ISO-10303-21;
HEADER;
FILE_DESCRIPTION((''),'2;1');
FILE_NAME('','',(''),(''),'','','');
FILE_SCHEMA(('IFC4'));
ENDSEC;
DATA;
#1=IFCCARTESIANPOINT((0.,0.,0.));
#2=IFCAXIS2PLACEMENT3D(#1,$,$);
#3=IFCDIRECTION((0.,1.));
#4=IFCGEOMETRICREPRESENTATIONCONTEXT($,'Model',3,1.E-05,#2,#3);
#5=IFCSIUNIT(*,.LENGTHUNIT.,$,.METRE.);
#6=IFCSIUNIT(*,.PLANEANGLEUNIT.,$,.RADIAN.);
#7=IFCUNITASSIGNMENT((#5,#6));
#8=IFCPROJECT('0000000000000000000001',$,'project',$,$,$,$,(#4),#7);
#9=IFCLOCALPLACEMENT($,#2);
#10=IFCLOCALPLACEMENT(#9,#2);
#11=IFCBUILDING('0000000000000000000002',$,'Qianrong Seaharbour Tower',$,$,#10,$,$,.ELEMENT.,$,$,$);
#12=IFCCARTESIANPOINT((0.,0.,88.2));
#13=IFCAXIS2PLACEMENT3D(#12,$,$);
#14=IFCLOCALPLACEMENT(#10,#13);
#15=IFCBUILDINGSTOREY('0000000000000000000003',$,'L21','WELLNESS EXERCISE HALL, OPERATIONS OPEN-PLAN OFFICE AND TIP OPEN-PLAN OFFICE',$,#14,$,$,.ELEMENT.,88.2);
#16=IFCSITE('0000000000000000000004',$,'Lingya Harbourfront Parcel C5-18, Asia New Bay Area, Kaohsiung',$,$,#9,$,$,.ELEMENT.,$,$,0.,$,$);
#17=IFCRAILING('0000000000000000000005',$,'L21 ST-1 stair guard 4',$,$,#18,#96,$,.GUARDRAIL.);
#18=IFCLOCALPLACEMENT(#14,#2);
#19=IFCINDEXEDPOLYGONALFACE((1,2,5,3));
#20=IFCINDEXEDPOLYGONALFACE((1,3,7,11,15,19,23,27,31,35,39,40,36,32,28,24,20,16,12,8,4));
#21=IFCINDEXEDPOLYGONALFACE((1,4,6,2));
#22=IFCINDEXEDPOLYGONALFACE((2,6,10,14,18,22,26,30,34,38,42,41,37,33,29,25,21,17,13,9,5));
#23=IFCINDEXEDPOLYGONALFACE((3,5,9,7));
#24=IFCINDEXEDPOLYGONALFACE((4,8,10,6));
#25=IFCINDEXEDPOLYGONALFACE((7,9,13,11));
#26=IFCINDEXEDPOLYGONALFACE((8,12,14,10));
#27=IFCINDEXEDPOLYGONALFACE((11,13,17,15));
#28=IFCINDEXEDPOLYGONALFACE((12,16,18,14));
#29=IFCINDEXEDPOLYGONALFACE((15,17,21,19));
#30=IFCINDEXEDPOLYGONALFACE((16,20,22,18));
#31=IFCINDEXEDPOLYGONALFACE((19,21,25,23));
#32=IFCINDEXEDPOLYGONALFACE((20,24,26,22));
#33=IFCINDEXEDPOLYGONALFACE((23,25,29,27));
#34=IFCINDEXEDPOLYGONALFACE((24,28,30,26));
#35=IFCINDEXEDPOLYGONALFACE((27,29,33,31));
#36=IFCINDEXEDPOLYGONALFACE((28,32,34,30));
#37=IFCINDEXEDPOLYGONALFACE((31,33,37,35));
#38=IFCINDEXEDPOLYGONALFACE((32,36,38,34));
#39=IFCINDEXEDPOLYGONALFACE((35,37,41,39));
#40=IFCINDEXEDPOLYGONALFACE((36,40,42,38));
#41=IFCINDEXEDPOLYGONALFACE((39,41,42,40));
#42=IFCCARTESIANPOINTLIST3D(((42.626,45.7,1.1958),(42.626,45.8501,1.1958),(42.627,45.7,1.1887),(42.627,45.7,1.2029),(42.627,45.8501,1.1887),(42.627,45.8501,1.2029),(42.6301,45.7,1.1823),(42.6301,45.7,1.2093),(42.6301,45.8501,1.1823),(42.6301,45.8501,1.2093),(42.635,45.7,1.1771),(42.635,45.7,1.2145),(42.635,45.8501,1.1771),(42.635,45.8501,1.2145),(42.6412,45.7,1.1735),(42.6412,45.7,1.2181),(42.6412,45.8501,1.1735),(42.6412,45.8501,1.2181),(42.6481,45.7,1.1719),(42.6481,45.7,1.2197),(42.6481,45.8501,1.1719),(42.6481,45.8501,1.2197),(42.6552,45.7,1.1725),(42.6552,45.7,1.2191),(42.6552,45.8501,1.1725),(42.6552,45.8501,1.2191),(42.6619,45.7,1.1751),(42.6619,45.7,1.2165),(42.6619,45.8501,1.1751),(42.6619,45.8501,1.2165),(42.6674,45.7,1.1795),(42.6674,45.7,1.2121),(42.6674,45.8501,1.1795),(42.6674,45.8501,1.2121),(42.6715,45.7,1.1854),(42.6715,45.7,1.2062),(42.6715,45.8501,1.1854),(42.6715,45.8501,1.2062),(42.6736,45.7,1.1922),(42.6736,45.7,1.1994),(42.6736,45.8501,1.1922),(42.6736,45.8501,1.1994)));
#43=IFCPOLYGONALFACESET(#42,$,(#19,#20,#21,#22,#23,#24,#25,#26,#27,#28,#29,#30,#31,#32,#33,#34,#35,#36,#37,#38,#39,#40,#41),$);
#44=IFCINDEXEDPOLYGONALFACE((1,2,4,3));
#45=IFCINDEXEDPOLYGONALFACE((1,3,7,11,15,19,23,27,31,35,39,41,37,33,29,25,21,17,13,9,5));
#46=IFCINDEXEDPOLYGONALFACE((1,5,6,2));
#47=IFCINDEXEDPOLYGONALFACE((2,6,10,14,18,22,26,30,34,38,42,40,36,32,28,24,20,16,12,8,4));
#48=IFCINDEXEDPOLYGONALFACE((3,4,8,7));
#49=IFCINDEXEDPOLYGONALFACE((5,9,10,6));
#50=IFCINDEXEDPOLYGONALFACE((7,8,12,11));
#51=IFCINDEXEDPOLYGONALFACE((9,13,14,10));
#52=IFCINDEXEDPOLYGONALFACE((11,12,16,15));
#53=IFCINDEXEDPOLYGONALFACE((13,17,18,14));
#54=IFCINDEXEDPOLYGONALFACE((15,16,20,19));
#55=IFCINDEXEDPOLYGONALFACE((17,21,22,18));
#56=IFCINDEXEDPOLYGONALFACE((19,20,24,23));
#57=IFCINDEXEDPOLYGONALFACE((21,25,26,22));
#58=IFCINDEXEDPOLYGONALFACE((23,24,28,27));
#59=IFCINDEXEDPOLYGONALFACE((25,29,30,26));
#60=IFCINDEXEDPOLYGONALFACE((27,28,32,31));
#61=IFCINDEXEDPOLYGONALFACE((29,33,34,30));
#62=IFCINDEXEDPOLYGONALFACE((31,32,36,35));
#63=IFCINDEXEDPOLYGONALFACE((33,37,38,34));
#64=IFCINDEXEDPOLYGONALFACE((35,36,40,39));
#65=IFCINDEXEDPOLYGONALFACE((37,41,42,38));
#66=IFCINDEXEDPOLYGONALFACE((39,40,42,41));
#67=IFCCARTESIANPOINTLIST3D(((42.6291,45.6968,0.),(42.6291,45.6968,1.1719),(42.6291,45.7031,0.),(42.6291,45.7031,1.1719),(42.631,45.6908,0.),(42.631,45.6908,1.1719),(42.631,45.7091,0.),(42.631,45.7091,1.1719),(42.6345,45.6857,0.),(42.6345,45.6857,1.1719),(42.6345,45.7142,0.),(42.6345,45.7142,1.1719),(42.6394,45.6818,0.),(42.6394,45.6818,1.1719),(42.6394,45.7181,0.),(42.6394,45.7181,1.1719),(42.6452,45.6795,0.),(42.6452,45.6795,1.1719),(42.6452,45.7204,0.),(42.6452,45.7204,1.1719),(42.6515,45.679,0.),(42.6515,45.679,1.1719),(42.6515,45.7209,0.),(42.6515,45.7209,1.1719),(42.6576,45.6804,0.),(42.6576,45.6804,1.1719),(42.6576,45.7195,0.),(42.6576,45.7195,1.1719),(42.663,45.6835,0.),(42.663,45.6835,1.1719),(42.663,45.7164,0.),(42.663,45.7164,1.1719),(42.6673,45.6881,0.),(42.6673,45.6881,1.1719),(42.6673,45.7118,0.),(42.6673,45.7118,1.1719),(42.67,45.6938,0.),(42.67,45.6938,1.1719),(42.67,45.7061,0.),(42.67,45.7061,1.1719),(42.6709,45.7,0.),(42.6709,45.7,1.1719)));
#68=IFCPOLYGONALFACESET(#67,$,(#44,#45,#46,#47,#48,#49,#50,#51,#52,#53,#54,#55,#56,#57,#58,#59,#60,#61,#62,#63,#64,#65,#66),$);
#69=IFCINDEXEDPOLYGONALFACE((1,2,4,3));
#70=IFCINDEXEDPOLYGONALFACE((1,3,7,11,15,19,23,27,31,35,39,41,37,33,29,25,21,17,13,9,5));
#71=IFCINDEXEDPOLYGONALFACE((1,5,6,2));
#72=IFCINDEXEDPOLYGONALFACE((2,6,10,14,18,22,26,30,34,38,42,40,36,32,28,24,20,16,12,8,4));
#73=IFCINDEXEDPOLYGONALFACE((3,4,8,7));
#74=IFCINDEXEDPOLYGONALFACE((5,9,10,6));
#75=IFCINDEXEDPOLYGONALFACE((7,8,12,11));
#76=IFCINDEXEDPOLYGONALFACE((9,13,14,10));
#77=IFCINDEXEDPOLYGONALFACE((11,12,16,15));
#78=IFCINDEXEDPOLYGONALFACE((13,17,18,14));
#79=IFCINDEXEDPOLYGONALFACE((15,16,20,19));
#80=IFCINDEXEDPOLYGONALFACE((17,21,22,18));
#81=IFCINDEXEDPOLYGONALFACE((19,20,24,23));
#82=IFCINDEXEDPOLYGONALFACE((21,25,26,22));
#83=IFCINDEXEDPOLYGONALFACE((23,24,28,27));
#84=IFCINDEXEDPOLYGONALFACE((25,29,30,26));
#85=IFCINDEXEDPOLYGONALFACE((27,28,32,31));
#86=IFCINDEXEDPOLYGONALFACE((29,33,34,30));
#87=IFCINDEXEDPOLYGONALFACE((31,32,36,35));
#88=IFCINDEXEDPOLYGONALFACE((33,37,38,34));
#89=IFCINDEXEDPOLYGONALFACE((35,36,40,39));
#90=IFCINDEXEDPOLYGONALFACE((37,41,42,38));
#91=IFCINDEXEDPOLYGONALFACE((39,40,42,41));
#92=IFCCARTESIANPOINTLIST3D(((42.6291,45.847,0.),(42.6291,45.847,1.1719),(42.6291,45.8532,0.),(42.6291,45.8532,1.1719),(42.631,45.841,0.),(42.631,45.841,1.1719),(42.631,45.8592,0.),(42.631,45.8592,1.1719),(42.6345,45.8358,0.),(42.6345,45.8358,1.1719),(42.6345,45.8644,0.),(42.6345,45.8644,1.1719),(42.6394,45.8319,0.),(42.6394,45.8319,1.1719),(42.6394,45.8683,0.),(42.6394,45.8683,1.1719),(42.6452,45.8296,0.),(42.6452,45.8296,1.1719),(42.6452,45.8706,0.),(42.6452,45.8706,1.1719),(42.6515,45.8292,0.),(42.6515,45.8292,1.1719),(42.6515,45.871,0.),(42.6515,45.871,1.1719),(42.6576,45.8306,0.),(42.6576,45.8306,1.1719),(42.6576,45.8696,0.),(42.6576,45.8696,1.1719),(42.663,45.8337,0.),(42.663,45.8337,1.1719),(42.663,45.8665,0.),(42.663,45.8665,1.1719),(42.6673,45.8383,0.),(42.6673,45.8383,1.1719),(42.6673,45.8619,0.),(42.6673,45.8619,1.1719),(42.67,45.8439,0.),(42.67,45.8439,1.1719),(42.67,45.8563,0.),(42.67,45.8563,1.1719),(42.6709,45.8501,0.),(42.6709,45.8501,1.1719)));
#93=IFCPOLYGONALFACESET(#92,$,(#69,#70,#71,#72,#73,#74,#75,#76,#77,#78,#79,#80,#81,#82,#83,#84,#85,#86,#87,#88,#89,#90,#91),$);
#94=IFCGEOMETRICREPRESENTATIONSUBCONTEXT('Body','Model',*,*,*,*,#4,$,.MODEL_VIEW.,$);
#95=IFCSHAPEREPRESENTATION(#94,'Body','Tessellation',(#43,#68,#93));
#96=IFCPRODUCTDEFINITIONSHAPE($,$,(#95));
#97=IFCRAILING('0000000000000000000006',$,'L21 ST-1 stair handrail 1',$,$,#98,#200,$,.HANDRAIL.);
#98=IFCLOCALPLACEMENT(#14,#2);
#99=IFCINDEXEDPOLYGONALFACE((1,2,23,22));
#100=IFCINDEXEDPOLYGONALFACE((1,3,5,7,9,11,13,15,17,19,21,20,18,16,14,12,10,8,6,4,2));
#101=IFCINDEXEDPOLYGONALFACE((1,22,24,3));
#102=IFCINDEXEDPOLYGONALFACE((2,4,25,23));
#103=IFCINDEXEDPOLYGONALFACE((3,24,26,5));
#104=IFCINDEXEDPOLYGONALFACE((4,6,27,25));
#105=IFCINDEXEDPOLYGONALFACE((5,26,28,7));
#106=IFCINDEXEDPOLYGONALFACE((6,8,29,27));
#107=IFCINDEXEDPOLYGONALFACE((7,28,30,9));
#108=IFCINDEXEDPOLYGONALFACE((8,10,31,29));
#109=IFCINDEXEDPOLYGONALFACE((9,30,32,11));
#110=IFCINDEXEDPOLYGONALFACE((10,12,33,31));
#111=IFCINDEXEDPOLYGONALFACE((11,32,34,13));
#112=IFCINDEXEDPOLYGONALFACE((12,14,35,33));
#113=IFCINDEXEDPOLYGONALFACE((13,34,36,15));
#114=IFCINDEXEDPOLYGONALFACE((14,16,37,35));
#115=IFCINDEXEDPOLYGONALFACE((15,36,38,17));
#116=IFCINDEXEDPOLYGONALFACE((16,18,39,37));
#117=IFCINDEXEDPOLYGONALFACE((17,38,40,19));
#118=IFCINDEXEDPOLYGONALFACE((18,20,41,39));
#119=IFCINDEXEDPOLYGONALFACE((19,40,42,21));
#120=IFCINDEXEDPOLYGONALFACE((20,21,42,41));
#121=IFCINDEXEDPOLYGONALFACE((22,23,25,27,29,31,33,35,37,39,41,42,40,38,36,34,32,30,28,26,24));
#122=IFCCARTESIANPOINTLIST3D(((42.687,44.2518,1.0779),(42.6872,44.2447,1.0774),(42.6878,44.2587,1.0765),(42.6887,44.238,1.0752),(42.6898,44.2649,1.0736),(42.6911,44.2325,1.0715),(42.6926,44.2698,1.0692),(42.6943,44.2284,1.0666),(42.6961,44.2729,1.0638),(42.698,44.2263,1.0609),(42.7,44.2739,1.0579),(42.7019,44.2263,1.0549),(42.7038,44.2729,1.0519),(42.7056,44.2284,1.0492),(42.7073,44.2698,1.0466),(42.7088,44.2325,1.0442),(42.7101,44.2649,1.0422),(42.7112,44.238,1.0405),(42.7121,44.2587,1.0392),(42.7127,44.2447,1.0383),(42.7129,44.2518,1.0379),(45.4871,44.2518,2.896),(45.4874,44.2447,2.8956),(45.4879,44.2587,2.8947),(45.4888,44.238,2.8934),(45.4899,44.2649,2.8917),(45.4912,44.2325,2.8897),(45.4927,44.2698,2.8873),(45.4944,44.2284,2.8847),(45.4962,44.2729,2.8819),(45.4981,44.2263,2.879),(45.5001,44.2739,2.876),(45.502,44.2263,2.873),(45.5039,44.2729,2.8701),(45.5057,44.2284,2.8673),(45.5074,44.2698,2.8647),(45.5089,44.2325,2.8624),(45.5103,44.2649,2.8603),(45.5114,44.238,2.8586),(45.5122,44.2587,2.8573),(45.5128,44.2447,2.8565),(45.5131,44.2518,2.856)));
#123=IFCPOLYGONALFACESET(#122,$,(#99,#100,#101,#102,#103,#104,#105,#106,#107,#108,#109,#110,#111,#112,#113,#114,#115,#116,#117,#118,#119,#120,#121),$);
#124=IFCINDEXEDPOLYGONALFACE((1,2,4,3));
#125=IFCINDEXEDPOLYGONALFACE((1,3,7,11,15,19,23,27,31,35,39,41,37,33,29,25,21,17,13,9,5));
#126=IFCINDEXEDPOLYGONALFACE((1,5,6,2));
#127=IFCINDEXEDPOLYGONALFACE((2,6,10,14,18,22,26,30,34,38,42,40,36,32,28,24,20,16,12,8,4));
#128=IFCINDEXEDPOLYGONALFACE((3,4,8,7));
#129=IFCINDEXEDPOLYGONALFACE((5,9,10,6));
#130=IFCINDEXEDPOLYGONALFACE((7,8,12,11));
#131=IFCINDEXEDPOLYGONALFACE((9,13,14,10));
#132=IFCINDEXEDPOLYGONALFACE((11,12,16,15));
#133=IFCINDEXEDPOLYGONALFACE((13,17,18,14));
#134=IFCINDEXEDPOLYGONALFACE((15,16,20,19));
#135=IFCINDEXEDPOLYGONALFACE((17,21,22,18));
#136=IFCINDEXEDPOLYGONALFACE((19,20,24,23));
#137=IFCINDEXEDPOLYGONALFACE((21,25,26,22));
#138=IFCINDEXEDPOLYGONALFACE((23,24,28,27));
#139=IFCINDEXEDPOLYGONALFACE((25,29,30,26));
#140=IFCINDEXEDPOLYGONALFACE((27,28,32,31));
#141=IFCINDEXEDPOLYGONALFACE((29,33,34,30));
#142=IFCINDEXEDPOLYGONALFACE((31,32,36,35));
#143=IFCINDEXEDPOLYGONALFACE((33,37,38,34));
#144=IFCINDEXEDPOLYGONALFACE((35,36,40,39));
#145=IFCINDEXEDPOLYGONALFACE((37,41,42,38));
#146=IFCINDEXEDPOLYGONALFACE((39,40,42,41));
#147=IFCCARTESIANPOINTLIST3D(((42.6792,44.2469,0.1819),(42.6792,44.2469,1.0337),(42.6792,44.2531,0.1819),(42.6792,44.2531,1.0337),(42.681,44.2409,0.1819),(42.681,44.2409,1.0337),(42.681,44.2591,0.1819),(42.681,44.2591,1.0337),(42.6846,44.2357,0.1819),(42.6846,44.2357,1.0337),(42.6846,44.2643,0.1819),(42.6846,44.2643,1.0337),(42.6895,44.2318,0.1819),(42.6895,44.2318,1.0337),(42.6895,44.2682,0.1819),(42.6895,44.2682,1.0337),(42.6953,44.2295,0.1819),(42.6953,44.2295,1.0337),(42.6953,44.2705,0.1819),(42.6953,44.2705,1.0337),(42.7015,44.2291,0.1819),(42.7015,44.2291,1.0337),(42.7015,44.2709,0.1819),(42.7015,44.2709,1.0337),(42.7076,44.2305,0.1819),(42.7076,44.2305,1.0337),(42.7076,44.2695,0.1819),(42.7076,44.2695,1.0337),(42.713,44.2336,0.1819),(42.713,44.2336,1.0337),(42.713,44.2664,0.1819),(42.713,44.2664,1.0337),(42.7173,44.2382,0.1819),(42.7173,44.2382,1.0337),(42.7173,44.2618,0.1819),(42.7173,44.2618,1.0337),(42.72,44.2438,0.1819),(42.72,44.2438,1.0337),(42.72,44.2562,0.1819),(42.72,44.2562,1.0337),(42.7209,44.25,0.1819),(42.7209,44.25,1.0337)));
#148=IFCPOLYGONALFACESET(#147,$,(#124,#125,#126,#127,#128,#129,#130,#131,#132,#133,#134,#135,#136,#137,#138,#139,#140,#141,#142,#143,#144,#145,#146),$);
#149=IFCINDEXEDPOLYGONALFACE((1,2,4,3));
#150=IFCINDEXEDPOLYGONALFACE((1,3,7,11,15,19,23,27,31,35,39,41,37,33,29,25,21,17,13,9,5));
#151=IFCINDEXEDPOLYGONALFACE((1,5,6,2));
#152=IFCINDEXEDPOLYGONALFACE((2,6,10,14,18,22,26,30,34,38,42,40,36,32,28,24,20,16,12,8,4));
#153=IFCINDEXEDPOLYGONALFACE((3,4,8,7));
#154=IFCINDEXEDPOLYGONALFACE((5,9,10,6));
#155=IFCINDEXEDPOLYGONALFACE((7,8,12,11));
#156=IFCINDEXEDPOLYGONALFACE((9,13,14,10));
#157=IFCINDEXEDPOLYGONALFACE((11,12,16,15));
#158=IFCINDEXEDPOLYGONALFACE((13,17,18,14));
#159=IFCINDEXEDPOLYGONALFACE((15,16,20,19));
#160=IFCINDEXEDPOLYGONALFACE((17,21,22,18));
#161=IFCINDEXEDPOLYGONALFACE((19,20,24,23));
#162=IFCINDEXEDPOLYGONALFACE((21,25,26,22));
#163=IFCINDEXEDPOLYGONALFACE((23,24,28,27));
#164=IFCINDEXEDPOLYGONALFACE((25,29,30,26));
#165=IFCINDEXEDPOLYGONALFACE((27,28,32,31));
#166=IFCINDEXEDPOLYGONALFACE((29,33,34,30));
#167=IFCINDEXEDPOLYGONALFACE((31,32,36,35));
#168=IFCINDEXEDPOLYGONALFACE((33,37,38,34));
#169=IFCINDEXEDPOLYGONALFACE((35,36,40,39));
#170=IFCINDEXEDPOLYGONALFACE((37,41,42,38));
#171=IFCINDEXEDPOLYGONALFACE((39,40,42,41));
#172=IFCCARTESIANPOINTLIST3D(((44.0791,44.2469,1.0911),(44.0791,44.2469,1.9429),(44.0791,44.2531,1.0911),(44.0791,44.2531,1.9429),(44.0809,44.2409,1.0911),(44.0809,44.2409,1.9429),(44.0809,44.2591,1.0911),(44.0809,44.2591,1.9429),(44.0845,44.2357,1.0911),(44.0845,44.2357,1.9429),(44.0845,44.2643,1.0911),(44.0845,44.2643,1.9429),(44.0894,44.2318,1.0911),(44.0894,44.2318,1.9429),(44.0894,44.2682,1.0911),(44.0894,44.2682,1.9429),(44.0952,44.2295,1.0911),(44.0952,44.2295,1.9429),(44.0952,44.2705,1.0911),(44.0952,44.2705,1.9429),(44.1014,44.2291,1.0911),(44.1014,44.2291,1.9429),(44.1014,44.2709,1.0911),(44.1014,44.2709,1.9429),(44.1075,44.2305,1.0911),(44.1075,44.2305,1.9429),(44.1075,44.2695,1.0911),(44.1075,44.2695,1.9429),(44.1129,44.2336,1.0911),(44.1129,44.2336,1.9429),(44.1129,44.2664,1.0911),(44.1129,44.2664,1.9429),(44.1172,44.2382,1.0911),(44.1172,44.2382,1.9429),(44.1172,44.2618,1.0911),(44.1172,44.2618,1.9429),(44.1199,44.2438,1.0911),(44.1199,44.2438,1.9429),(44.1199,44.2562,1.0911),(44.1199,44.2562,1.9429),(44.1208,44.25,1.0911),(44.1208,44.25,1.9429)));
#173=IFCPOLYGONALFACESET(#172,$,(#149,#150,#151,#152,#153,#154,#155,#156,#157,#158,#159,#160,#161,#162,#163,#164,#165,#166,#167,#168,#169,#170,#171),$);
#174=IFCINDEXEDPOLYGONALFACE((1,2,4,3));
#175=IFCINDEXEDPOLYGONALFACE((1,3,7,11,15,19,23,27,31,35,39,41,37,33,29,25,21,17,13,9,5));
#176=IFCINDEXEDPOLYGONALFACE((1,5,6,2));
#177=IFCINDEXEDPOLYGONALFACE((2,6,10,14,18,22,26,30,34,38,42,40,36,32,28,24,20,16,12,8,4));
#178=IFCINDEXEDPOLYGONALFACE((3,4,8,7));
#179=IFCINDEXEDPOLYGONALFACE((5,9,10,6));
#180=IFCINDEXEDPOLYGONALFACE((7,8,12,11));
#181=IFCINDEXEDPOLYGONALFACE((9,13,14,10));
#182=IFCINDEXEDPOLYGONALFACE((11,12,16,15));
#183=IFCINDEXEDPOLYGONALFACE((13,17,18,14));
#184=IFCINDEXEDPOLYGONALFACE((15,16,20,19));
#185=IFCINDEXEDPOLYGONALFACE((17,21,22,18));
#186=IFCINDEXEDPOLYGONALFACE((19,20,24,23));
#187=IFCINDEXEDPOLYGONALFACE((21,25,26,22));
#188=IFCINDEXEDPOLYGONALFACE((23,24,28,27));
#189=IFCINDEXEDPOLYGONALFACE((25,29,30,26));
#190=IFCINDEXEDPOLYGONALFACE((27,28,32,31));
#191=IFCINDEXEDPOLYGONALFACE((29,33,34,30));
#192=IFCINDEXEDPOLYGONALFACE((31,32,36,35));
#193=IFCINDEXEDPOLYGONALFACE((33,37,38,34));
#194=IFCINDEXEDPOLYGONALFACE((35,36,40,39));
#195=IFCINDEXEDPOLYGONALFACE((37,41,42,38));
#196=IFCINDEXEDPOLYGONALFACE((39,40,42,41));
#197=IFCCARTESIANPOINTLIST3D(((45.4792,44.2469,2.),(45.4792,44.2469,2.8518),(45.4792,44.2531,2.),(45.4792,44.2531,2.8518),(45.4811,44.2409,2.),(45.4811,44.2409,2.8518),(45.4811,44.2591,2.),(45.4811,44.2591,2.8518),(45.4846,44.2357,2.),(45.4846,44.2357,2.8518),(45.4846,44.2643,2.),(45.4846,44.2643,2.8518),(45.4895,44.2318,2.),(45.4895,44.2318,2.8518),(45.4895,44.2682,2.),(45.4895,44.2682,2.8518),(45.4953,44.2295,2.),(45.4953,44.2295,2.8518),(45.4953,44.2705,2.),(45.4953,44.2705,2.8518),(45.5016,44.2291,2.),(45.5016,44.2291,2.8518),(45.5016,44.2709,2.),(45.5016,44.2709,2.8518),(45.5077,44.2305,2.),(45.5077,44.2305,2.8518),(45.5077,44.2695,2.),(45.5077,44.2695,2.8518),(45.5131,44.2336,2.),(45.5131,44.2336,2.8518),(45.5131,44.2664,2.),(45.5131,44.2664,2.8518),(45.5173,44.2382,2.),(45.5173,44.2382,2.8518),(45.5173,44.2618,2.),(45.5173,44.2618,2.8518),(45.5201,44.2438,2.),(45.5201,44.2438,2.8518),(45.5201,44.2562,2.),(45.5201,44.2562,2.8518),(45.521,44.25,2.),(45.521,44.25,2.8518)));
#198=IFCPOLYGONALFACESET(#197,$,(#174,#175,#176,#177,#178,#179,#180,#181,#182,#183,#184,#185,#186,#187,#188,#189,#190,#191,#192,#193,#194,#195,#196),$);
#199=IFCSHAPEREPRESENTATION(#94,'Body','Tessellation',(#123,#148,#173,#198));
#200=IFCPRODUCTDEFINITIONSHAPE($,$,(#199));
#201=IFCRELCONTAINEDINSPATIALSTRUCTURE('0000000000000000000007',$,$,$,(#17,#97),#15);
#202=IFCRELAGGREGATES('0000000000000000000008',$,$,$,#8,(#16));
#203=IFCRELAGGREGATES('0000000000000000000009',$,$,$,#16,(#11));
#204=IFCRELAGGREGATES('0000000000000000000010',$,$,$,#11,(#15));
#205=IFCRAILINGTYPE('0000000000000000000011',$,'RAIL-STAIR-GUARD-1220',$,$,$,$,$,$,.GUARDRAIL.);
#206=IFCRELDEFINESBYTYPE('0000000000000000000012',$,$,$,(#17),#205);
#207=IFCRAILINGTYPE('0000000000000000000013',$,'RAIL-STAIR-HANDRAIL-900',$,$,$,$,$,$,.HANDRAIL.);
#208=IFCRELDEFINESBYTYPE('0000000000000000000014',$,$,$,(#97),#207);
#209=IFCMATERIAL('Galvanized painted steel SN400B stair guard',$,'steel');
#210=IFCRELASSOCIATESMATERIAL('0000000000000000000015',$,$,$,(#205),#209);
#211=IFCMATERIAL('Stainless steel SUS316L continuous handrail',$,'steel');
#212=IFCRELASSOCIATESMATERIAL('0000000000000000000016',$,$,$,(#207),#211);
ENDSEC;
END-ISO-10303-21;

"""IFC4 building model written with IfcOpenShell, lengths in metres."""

from ifc_helpers import new_model, si_unit, direction, frame, origin, origin_2d, place, context, subcontext, project, spatial, circle, extrude, material, type_object, element, save


model = new_model("IFC4")

# Units and contexts
model_context = context("Model", 3, precision=1e-05, world=origin(), true_north=direction((0.0, 1.0)))
body_context = subcontext(model_context, "Body", "Model", "MODEL_VIEW")
ifc_project = project(units=[si_unit("LENGTHUNIT", "METRE"), si_unit("PLANEANGLEUNIT", "RADIAN")], contexts=[model_context])

# Site, building, storey
site_placement = place(None, origin())
site = spatial("IfcSite", under=ifc_project, at=site_placement, Name="Lingya Harbourfront Parcel C5-18, Asia New Bay Area, Kaohsiung", CompositionType="ELEMENT", RefElevation=0.0)
building_placement = place(site_placement, origin())
building = spatial("IfcBuilding", under=site, at=building_placement, Name="Qianrong Seaharbour Tower", CompositionType="ELEMENT")
storey_placement = place(building_placement, frame((0.0, 0.0, 88.2)))
storey = spatial("IfcBuildingStorey", under=building, at=storey_placement, Name="L21", Description="WELLNESS EXERCISE HALL, OPERATIONS OPEN-PLAN OFFICE AND TIP OPEN-PLAN OFFICE", CompositionType="ELEMENT", Elevation=88.2)

# Railings
ifc_material_1 = material(Name="Galvanized painted steel SN400B stair guard", Category="steel")
railing_type_1 = type_object("IfcRailingType", Name="RAIL-STAIR-GUARD-1220", PredefinedType="GUARDRAIL", material=ifc_material_1)
railing_1_placement = place(storey_placement, frame((42.6499, 45.7, 0.0)))
element("IfcRailing", 1, at=railing_1_placement, inside=storey, type_object=railing_type_1, Name="L21 ST-1 stair guard 4", PredefinedType="GUARDRAIL", context=body_context, shape_type="SweptSolid", body=[
    extrude(circle(Radius=0.0239, at=origin_2d()), frame((0.0, 0.0, 1.1958), z_axis=(0.0, 1.0, 0.0), x_axis=(-1.0, 0.0, 0.0)), (0.0, 0.0, 1.0), 0.1501),
    extrude(circle(Radius=0.021, at=origin_2d()), origin(), (0.0, 0.0, 1.0), 1.1719),
    extrude(circle(Radius=0.021, at=origin_2d()), frame((0.0, 0.1501, 0.0)), (0.0, 0.0, 1.0), 1.1719),
])
ifc_material_2 = material(Name="Stainless steel SUS316L continuous handrail", Category="steel")
railing_type_2 = type_object("IfcRailingType", Name="RAIL-STAIR-HANDRAIL-900", PredefinedType="HANDRAIL", material=ifc_material_2)
railing_2_placement = place(storey_placement, frame((42.7, 44.25, 0.1819)))
element("IfcRailing", 2, at=railing_2_placement, inside=storey, type_object=railing_type_2, Name="L21 ST-1 stair handrail 1", PredefinedType="HANDRAIL", context=body_context, shape_type="SweptSolid", body=[
    extrude(circle(Radius=0.0239, at=origin_2d()), frame((0.0, 0.0, 0.876), z_axis=(0.838706, 0.0, 0.544585), x_axis=(0.0, 1.0, 0.0)), (0.0, 0.0, 1.0), 3.3386),
    extrude(circle(Radius=0.021, at=origin_2d()), origin(), (0.0, 0.0, 1.0), 0.8518),
    extrude(circle(Radius=0.021, at=origin_2d()), frame((1.3999, 0.0, 0.9092)), (0.0, 0.0, 1.0), 0.8518),
    extrude(circle(Radius=0.021, at=origin_2d()), frame((2.8, 0.0, 1.8181)), (0.0, 0.0, 1.0), 0.8518),
])

save(model, "model.ifc")
